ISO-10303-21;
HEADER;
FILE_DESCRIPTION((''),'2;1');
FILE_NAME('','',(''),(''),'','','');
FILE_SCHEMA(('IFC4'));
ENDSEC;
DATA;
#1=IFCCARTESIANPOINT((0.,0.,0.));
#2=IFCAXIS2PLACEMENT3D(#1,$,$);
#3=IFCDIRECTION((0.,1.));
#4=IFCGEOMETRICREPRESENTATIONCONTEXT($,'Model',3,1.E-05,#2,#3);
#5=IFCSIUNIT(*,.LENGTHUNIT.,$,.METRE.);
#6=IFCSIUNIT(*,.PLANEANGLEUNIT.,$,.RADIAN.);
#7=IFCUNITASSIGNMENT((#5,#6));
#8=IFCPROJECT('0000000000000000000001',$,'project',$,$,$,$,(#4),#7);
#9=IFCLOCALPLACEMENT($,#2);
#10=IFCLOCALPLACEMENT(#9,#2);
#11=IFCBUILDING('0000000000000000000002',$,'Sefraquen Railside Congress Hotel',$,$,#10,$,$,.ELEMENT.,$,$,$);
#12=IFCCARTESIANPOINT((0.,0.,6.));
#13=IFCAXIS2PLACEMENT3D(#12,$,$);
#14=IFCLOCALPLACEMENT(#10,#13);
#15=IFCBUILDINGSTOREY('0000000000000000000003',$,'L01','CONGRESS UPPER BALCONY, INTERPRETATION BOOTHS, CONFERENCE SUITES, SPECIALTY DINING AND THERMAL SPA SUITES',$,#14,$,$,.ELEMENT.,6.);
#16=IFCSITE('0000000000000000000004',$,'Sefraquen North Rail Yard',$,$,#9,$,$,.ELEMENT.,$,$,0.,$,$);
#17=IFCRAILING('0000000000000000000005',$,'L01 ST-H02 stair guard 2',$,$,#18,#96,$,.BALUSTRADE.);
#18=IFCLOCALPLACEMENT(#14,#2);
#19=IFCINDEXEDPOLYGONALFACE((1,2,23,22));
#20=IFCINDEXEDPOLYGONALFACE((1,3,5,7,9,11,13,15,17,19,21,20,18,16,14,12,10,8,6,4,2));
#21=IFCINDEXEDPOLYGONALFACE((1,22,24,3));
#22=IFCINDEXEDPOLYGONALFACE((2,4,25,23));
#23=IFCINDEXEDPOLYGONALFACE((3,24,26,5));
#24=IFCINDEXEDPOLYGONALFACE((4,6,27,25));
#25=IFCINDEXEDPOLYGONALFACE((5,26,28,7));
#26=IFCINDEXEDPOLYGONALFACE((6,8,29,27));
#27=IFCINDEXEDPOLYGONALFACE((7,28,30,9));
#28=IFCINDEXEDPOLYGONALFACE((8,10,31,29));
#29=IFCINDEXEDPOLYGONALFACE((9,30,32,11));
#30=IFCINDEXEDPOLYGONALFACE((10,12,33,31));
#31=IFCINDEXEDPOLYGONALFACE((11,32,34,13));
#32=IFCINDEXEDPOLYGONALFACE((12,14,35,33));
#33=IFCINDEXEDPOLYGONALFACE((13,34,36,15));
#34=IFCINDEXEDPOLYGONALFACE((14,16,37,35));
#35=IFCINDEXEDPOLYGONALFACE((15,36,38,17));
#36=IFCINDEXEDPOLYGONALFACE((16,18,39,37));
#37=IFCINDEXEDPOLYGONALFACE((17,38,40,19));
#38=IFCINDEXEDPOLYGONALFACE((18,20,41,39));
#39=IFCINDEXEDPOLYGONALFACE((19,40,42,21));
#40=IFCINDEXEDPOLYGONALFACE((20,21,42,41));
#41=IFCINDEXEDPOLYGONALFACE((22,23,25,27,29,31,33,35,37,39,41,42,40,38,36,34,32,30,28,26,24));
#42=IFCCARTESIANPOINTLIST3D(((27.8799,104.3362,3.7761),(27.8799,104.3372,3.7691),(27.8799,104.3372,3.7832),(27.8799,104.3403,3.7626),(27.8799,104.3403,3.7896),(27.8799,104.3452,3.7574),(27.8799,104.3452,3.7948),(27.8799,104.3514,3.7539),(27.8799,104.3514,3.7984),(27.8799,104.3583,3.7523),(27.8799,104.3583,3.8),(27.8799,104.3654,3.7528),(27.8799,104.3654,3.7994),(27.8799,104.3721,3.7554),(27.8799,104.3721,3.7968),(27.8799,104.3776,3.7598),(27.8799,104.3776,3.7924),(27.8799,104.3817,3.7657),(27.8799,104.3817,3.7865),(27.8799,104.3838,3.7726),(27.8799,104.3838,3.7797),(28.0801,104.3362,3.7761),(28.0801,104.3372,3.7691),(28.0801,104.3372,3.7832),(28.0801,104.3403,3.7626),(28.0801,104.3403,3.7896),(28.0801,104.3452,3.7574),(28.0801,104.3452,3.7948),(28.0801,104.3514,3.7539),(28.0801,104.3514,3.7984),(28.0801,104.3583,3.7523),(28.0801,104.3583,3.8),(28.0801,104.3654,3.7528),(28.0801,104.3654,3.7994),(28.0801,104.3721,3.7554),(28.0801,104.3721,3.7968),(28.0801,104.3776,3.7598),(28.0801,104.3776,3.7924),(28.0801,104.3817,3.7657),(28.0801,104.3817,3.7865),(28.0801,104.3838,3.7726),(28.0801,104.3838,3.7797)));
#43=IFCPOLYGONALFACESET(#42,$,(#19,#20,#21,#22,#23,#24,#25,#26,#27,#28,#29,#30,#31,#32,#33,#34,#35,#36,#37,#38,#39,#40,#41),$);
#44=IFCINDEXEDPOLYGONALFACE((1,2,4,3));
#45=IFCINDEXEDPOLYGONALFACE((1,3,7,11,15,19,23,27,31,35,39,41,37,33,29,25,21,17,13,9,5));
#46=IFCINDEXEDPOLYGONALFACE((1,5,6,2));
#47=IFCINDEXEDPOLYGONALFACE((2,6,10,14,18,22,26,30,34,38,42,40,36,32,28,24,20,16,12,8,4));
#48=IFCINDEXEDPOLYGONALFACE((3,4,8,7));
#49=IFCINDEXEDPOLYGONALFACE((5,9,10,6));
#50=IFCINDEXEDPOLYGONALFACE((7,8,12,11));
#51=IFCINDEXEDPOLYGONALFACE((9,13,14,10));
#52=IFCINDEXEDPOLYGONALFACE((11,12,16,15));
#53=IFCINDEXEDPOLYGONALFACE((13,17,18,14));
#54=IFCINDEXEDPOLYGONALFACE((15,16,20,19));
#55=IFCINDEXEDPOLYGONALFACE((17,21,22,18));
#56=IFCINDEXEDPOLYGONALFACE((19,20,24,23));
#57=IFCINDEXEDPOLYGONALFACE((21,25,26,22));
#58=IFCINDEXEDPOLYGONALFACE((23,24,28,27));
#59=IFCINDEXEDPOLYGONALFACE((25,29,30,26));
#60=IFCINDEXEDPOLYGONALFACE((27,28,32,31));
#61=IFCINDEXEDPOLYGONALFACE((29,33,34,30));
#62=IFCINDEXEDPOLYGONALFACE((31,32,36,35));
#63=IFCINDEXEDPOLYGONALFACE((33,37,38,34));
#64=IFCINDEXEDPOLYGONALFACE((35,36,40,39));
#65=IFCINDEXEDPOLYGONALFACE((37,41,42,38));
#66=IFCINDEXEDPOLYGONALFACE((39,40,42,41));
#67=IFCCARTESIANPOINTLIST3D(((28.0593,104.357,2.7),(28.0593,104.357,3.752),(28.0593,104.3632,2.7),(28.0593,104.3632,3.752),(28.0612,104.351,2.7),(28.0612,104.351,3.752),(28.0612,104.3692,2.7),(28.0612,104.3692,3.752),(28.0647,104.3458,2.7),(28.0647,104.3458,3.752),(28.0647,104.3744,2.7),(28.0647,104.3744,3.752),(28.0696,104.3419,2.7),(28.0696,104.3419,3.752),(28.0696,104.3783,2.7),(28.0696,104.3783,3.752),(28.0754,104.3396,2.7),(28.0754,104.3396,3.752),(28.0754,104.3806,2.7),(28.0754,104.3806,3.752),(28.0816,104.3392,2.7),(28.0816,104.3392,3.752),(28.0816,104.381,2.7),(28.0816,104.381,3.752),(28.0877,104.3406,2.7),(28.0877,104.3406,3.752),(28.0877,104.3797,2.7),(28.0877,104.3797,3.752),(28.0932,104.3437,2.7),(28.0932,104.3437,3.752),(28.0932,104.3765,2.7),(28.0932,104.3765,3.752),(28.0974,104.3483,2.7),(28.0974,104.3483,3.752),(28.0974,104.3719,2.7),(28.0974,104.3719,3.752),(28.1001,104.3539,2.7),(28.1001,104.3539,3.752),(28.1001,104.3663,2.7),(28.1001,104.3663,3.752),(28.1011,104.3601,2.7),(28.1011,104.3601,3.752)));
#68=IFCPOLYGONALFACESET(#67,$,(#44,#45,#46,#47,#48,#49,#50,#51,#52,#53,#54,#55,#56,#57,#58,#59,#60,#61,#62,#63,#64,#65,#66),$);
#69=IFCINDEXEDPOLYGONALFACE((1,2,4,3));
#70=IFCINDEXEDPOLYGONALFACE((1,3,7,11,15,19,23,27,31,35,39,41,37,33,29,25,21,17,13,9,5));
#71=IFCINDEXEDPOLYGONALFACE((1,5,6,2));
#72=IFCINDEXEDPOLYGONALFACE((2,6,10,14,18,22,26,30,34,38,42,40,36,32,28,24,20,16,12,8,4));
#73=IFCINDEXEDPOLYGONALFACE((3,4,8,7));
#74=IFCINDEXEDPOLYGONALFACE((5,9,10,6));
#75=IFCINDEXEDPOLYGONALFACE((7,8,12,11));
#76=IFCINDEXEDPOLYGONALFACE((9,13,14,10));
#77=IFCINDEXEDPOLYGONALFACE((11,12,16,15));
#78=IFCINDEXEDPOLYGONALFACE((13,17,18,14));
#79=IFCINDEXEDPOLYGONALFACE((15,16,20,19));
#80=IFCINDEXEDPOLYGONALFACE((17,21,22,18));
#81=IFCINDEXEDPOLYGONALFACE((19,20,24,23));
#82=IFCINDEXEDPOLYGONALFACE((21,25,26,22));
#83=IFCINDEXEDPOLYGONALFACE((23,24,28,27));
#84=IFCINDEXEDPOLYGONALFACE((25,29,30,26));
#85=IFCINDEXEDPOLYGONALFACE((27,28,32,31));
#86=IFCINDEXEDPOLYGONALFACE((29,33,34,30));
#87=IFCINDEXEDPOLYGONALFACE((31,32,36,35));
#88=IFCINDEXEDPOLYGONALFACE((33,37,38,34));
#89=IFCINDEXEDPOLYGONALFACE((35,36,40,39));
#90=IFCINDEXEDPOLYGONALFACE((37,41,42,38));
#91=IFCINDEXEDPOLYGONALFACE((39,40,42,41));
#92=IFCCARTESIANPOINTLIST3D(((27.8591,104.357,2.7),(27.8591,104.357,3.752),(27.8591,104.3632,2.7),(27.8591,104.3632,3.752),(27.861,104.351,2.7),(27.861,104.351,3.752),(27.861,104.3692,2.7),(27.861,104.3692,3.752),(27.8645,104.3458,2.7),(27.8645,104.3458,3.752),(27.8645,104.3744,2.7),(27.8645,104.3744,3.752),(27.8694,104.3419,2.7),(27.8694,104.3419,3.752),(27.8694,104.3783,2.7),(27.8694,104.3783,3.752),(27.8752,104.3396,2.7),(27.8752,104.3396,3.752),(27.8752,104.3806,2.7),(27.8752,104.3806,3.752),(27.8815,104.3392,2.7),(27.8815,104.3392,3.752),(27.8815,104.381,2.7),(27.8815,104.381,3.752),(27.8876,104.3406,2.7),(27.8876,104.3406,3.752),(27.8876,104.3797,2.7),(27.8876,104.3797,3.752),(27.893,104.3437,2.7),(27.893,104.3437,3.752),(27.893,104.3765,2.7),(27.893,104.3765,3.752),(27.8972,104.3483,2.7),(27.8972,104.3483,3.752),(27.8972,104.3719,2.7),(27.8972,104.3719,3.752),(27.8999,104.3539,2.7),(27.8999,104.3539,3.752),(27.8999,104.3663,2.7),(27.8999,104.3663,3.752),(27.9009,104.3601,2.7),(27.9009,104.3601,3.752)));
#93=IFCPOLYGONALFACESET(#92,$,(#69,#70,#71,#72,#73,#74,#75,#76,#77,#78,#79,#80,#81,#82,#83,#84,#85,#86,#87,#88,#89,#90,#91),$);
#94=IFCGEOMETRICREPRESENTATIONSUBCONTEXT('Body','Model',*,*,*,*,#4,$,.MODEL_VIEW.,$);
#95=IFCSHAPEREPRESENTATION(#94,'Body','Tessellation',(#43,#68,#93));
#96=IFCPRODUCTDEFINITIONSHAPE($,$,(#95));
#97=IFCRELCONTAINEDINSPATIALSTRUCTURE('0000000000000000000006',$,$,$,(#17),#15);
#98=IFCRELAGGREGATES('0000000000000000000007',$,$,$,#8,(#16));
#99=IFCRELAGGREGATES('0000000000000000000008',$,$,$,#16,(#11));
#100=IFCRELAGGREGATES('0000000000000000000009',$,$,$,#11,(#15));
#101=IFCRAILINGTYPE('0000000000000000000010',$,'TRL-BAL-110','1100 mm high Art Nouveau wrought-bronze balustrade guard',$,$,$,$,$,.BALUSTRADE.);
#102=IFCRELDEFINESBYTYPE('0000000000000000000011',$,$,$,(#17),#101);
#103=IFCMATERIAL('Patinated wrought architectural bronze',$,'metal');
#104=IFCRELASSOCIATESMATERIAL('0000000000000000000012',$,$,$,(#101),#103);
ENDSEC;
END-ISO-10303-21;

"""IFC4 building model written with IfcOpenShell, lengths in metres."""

from ifc_helpers import new_model, si_unit, direction, frame, origin, origin_2d, place, context, subcontext, project, spatial, circle, extrude, material, type_object, element, save


model = new_model("IFC4")

# Units and contexts
model_context = context("Model", 3, precision=1e-05, world=origin(), true_north=direction((0.0, 1.0)))
body_context = subcontext(model_context, "Body", "Model", "MODEL_VIEW")
ifc_project = project(units=[si_unit("LENGTHUNIT", "METRE"), si_unit("PLANEANGLEUNIT", "RADIAN")], contexts=[model_context])

# Site, building, storey
site_placement = place(None, origin())
site = spatial("IfcSite", under=ifc_project, at=site_placement, Name="Sefraquen North Rail Yard", CompositionType="ELEMENT", RefElevation=0.0)
building_placement = place(site_placement, origin())
building = spatial("IfcBuilding", under=site, at=building_placement, Name="Sefraquen Railside Congress Hotel", CompositionType="ELEMENT")
storey_placement = place(building_placement, frame((0.0, 0.0, 6.0)))
storey = spatial("IfcBuildingStorey", under=building, at=storey_placement, Name="L01", Description="CONGRESS UPPER BALCONY, INTERPRETATION BOOTHS, CONFERENCE SUITES, SPECIALTY DINING AND THERMAL SPA SUITES", CompositionType="ELEMENT", Elevation=6.0)

# Railing
ifc_material_1 = material(Name="Patinated wrought architectural bronze", Category="metal")
railing_type_1 = type_object("IfcRailingType", Name="TRL-BAL-110", Description="1100 mm high Art Nouveau wrought-bronze balustrade guard", PredefinedType="BALUSTRADE", material=ifc_material_1)
railing_1_placement = place(storey_placement, frame((28.0801, 104.3601, 2.7)))
element("IfcRailing", 1, at=railing_1_placement, inside=storey, type_object=railing_type_1, Name="L01 ST-H02 stair guard 2", PredefinedType="BALUSTRADE", context=body_context, shape_type="SweptSolid", body=[
    extrude(circle(Radius=0.0239, at=origin_2d()), frame((0.0, 0.0, 1.0762), z_axis=(-1.0, 0.0, 0.0), x_axis=(0.0, -1.0, 0.0)), (0.0, 0.0, 1.0), 0.2002),
    extrude(circle(Radius=0.021, at=origin_2d()), origin(), (0.0, 0.0, 1.0), 1.052),
    extrude(circle(Radius=0.021, at=origin_2d()), frame((-0.2002, 0.0, 0.0)), (0.0, 0.0, 1.0), 1.052),
])

save(model, "model.ifc")
